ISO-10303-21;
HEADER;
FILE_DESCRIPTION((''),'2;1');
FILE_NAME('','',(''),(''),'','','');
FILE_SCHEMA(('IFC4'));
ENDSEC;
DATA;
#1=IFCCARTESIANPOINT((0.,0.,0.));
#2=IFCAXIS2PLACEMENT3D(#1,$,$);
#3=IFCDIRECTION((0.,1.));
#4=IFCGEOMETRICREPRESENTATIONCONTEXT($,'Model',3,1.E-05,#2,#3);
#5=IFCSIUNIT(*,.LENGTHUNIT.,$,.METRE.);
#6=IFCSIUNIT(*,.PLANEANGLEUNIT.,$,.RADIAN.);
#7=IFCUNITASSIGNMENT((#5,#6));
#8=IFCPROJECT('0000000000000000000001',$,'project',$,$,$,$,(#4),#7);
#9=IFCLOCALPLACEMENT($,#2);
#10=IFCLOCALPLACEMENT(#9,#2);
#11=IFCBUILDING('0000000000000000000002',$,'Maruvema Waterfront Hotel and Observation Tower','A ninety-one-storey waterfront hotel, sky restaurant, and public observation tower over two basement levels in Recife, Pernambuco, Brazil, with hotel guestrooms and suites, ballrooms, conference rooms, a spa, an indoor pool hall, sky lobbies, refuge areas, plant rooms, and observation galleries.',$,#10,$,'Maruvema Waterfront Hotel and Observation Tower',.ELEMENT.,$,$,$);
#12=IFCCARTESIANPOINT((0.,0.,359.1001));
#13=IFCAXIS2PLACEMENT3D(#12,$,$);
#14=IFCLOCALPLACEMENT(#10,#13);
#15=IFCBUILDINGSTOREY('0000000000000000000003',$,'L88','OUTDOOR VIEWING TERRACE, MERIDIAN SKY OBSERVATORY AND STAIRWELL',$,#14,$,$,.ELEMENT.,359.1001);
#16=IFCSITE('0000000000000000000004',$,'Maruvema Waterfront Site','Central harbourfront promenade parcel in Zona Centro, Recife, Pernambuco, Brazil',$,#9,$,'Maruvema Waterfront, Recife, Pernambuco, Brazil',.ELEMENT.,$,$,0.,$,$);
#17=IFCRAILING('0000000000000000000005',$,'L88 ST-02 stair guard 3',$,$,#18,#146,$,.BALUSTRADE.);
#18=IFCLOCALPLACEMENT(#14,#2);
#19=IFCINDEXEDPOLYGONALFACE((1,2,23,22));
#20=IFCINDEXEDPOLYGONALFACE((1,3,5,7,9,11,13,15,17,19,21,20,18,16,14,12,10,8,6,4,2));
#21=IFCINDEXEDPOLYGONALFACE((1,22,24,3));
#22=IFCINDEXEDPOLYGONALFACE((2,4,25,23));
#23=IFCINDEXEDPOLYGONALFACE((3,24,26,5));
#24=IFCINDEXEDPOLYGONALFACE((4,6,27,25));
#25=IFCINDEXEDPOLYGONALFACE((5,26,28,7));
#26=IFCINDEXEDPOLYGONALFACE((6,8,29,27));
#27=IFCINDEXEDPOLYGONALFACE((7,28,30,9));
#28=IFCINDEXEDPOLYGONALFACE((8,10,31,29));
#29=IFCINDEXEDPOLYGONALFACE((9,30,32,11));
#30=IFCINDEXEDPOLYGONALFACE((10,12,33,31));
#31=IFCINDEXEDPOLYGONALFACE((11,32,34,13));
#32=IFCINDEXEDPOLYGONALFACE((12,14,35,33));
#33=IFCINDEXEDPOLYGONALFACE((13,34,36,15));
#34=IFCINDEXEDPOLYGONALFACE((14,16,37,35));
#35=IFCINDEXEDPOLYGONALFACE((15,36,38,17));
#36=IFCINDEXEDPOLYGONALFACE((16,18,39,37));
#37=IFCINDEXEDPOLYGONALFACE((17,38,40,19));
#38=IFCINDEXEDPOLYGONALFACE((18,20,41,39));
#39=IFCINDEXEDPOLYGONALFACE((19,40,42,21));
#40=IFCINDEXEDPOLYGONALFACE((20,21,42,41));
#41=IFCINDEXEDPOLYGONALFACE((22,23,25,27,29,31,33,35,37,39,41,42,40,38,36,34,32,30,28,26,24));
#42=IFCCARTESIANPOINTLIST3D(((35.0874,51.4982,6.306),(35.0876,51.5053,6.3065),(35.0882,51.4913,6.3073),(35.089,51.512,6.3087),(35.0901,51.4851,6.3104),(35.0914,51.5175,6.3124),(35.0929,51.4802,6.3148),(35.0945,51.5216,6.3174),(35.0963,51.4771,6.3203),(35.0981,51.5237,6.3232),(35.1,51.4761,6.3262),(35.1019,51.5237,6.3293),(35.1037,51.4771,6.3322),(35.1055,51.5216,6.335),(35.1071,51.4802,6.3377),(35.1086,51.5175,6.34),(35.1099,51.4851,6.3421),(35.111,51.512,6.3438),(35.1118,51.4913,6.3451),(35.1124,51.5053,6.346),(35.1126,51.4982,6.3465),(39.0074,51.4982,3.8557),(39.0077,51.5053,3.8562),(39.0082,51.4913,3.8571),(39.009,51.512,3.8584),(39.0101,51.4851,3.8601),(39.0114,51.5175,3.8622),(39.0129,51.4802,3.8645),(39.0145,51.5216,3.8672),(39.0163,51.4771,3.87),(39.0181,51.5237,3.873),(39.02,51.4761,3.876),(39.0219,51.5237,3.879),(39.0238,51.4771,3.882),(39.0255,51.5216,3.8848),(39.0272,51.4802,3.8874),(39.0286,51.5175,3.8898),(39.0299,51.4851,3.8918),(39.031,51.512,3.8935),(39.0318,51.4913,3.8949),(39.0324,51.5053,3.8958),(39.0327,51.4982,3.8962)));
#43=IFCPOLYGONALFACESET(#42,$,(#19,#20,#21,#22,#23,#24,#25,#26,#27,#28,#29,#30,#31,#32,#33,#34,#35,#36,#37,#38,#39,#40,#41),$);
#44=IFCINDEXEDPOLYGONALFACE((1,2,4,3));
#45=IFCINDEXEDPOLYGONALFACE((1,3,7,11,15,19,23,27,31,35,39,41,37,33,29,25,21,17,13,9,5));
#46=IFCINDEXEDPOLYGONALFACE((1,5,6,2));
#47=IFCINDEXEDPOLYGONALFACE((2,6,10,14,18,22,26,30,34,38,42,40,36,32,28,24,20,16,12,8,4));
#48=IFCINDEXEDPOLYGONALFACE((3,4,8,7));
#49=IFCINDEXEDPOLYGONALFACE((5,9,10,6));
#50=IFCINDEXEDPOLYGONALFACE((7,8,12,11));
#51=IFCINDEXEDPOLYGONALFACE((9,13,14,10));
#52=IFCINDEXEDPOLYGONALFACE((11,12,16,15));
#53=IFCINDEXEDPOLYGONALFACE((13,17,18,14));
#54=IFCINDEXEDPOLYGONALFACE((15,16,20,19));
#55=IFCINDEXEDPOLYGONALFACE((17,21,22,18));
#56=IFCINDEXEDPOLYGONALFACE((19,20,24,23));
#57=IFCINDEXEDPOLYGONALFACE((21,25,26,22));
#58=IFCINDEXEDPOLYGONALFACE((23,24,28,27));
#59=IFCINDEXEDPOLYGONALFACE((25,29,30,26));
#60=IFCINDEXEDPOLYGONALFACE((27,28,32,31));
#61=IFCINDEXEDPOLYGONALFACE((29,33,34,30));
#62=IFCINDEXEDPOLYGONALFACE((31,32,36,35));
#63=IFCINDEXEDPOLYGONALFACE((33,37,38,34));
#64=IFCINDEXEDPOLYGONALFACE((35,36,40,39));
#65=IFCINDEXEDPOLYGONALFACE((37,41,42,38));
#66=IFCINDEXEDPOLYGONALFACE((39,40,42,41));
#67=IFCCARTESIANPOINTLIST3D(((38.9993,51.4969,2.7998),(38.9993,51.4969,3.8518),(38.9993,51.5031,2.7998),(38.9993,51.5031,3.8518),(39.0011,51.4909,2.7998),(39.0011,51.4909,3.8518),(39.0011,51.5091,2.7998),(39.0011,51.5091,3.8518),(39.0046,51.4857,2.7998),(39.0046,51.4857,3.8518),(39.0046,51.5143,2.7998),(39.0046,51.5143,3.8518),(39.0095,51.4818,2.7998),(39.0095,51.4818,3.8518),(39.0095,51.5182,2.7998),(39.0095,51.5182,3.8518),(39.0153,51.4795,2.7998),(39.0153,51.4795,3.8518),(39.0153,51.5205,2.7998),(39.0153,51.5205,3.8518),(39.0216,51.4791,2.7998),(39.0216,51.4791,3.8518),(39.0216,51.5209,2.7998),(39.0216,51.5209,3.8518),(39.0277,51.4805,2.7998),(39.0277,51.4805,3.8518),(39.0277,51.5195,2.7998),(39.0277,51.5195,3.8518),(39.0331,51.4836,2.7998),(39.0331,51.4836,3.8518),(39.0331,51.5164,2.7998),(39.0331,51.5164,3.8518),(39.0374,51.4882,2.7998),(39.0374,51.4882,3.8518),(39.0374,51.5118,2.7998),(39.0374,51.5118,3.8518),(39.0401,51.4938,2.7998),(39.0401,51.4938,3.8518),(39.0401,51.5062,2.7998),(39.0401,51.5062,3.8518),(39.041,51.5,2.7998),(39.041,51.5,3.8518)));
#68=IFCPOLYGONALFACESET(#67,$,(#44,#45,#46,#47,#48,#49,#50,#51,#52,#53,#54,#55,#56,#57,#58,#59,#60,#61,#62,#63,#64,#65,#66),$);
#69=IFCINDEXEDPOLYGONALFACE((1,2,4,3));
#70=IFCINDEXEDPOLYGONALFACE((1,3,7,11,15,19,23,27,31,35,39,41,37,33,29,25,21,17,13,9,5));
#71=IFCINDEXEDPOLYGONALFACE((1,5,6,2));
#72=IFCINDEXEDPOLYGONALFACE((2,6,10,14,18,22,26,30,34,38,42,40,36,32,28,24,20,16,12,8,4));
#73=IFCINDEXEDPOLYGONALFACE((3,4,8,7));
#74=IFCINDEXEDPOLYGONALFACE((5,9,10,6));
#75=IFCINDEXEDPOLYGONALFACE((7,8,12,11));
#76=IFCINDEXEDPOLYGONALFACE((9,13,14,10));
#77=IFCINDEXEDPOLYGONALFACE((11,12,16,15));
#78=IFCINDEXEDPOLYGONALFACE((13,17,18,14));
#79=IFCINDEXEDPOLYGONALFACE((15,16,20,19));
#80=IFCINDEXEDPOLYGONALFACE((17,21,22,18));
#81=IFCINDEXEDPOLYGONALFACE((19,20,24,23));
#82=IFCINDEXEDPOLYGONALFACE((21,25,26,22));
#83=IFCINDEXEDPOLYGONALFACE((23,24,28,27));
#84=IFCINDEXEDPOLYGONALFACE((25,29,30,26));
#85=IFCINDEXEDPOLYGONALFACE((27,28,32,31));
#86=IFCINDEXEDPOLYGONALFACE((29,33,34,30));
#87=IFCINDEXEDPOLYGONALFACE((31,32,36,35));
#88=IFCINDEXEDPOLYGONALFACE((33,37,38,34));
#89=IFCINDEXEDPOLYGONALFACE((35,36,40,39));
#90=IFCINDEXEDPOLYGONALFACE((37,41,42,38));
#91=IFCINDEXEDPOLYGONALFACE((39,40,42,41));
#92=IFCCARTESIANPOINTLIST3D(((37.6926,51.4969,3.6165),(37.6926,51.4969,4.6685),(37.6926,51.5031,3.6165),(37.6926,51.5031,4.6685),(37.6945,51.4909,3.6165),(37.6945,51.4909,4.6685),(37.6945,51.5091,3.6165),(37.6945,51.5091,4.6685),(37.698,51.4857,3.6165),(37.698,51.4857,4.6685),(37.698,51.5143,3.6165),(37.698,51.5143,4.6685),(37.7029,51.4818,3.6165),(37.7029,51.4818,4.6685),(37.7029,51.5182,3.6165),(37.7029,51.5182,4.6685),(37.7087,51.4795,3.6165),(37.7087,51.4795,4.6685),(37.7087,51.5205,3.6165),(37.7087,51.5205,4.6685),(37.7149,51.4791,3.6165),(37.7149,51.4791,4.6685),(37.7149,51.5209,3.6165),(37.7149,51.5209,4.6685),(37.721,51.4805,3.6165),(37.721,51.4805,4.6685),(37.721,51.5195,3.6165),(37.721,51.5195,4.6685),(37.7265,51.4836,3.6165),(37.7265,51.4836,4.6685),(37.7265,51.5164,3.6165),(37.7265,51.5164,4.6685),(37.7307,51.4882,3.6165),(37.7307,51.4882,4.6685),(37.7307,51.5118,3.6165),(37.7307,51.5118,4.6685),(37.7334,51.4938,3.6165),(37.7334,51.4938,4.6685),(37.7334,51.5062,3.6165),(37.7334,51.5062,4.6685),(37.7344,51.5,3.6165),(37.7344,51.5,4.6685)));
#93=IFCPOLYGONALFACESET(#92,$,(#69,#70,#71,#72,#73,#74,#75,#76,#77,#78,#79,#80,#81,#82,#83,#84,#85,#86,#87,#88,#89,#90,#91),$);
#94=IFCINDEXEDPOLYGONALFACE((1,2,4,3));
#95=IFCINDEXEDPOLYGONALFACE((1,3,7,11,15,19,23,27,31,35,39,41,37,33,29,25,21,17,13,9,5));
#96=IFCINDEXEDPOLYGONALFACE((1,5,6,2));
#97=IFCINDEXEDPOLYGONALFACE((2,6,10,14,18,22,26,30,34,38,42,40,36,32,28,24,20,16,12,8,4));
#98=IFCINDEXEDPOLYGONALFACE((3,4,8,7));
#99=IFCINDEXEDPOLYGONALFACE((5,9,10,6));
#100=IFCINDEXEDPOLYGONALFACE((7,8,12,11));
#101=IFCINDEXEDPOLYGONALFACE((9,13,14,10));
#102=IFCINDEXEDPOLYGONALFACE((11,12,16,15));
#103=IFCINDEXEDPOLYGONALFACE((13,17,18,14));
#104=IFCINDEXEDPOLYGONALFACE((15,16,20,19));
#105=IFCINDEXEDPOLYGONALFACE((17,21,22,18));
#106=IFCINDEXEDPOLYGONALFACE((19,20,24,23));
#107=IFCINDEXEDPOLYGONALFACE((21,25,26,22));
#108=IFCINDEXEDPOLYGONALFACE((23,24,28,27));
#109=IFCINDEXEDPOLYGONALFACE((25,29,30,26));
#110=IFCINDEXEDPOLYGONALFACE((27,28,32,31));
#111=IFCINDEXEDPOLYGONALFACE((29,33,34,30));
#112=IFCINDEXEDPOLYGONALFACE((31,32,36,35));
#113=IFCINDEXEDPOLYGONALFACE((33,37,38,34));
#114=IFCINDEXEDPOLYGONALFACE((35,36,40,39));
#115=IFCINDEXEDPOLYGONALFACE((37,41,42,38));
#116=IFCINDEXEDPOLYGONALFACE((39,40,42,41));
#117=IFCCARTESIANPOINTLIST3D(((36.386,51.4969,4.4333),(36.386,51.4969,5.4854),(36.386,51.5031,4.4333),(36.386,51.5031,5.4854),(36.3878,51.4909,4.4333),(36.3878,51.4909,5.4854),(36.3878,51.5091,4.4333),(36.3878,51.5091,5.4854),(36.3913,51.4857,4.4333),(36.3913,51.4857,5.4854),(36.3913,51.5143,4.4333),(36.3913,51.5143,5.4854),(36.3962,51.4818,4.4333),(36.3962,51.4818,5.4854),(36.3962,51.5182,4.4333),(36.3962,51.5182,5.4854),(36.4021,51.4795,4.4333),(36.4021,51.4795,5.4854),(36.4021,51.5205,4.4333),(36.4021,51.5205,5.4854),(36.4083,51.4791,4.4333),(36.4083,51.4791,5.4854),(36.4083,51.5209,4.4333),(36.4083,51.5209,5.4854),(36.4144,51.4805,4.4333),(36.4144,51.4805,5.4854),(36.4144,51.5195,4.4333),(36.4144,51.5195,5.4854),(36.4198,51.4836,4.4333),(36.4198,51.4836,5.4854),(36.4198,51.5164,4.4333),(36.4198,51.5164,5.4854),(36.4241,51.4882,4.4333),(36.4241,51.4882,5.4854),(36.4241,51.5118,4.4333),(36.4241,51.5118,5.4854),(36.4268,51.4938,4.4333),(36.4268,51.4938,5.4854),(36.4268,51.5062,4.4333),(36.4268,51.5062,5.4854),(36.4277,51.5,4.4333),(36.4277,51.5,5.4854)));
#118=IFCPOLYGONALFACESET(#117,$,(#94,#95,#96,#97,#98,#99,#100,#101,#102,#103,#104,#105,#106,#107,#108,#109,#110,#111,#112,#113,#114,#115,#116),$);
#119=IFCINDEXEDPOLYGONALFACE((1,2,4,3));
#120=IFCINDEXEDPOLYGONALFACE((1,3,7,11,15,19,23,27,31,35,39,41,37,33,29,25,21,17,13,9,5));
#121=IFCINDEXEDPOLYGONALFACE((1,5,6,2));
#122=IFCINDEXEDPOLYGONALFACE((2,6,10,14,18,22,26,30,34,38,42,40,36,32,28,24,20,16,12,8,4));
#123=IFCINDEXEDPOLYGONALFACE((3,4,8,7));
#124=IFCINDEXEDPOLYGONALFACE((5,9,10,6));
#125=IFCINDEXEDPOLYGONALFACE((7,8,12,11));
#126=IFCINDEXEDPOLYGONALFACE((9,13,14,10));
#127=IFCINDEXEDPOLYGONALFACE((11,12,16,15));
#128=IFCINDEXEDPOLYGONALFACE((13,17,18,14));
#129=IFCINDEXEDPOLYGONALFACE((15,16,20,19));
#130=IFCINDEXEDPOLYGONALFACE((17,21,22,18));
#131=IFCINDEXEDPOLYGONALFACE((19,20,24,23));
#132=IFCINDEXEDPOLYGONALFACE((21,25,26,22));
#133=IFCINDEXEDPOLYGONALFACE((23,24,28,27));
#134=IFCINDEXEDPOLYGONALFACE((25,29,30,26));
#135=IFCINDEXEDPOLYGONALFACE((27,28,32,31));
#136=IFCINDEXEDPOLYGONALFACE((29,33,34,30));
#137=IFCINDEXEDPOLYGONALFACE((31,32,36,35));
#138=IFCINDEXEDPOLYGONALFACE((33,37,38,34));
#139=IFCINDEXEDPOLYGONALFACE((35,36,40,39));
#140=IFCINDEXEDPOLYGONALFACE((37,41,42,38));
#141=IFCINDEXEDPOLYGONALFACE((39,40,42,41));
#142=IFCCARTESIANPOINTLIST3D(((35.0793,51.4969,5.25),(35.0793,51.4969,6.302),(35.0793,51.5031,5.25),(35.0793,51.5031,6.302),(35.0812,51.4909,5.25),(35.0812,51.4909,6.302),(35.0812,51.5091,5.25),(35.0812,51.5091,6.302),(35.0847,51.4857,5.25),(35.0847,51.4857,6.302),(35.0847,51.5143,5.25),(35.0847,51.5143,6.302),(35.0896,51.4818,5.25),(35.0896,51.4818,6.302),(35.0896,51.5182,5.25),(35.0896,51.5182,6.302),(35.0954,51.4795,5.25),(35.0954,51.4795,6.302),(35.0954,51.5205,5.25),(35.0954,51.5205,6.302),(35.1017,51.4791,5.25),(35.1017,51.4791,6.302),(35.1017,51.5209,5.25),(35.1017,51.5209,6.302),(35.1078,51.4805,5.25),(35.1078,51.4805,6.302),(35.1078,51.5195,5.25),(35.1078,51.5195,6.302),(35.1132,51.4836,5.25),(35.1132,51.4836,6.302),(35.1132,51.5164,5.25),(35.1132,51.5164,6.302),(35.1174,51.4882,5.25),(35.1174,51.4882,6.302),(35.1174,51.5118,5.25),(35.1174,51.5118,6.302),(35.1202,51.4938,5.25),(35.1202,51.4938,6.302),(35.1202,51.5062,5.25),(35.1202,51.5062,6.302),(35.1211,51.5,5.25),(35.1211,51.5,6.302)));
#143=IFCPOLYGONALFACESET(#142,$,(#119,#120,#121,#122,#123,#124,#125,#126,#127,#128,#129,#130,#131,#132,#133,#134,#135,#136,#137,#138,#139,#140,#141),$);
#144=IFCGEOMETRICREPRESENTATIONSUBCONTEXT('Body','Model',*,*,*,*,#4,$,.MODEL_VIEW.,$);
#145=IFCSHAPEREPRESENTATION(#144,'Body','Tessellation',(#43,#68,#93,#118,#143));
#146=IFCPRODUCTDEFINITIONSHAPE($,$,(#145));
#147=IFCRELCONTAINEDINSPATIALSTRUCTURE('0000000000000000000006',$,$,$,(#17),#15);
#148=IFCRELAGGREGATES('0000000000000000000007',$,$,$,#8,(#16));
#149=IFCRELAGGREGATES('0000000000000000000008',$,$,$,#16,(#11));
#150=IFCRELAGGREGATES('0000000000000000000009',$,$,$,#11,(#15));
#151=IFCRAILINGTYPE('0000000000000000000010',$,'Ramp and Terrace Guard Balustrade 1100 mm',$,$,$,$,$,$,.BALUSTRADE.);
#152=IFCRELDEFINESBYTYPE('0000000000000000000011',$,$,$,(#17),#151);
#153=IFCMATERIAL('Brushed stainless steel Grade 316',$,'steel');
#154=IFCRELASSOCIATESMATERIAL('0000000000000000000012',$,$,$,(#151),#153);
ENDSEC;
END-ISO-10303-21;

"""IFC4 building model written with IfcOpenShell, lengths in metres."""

from ifc_helpers import new_model, si_unit, direction, frame, origin, origin_2d, place, context, subcontext, project, spatial, circle, extrude, material, type_object, element, save


model = new_model("IFC4")

# Units and contexts
model_context = context("Model", 3, precision=1e-05, world=origin(), true_north=direction((0.0, 1.0)))
body_context = subcontext(model_context, "Body", "Model", "MODEL_VIEW")
ifc_project = project(units=[si_unit("LENGTHUNIT", "METRE"), si_unit("PLANEANGLEUNIT", "RADIAN")], contexts=[model_context])

# Site, building, storey
site_placement = place(None, origin())
site = spatial("IfcSite", under=ifc_project, at=site_placement, Name="Maruvema Waterfront Site", Description="Central harbourfront promenade parcel in Zona Centro, Recife, Pernambuco, Brazil", LongName="Maruvema Waterfront, Recife, Pernambuco, Brazil", CompositionType="ELEMENT", RefElevation=0.0)
building_placement = place(site_placement, origin())
building = spatial("IfcBuilding", under=site, at=building_placement, Name="Maruvema Waterfront Hotel and Observation Tower", Description="A ninety-one-storey waterfront hotel, sky restaurant, and public observation tower over two basement levels in Recife, Pernambuco, Brazil, with hotel guestrooms and suites, ballrooms, conference rooms, a spa, an indoor pool hall, sky lobbies, refuge areas, plant rooms, and observation galleries.", LongName="Maruvema Waterfront Hotel and Observation Tower", CompositionType="ELEMENT")
storey_placement = place(building_placement, frame((0.0, 0.0, 359.1001)))
storey = spatial("IfcBuildingStorey", under=building, at=storey_placement, Name="L88", Description="OUTDOOR VIEWING TERRACE, MERIDIAN SKY OBSERVATORY AND STAIRWELL", CompositionType="ELEMENT", Elevation=359.1001)

# Railing
ifc_material_1 = material(Name="Brushed stainless steel Grade 316", Category="steel")
railing_type_1 = type_object("IfcRailingType", Name="Ramp and Terrace Guard Balustrade 1100 mm", PredefinedType="BALUSTRADE", material=ifc_material_1)
railing_1_placement = place(storey_placement, frame((39.02, 51.5, 2.7998)))
element("IfcRailing", 1, at=railing_1_placement, inside=storey, type_object=railing_type_1, Name="L88 ST-02 stair guard 3", PredefinedType="BALUSTRADE", context=body_context, shape_type="SweptSolid", body=[
    extrude(circle(Radius=0.0239, at=origin_2d()), frame((0.0, 0.0, 1.0762), z_axis=(-0.847975, 0.0, 0.530037), x_axis=(0.0, -1.0, 0.0)), (0.0, 0.0, 1.0), 4.6228),
    extrude(circle(Radius=0.021, at=origin_2d()), origin(), (0.0, 0.0, 1.0), 1.052),
    extrude(circle(Radius=0.021, at=origin_2d()), frame((-1.3066, 0.0, 0.8167)), (0.0, 0.0, 1.0), 1.052),
    extrude(circle(Radius=0.021, at=origin_2d()), frame((-2.6133, 0.0, 1.6335)), (0.0, 0.0, 1.0), 1.052),
    extrude(circle(Radius=0.021, at=origin_2d()), frame((-3.9199, 0.0, 2.4502)), (0.0, 0.0, 1.0), 1.052),
])

save(model, "model.ifc")
